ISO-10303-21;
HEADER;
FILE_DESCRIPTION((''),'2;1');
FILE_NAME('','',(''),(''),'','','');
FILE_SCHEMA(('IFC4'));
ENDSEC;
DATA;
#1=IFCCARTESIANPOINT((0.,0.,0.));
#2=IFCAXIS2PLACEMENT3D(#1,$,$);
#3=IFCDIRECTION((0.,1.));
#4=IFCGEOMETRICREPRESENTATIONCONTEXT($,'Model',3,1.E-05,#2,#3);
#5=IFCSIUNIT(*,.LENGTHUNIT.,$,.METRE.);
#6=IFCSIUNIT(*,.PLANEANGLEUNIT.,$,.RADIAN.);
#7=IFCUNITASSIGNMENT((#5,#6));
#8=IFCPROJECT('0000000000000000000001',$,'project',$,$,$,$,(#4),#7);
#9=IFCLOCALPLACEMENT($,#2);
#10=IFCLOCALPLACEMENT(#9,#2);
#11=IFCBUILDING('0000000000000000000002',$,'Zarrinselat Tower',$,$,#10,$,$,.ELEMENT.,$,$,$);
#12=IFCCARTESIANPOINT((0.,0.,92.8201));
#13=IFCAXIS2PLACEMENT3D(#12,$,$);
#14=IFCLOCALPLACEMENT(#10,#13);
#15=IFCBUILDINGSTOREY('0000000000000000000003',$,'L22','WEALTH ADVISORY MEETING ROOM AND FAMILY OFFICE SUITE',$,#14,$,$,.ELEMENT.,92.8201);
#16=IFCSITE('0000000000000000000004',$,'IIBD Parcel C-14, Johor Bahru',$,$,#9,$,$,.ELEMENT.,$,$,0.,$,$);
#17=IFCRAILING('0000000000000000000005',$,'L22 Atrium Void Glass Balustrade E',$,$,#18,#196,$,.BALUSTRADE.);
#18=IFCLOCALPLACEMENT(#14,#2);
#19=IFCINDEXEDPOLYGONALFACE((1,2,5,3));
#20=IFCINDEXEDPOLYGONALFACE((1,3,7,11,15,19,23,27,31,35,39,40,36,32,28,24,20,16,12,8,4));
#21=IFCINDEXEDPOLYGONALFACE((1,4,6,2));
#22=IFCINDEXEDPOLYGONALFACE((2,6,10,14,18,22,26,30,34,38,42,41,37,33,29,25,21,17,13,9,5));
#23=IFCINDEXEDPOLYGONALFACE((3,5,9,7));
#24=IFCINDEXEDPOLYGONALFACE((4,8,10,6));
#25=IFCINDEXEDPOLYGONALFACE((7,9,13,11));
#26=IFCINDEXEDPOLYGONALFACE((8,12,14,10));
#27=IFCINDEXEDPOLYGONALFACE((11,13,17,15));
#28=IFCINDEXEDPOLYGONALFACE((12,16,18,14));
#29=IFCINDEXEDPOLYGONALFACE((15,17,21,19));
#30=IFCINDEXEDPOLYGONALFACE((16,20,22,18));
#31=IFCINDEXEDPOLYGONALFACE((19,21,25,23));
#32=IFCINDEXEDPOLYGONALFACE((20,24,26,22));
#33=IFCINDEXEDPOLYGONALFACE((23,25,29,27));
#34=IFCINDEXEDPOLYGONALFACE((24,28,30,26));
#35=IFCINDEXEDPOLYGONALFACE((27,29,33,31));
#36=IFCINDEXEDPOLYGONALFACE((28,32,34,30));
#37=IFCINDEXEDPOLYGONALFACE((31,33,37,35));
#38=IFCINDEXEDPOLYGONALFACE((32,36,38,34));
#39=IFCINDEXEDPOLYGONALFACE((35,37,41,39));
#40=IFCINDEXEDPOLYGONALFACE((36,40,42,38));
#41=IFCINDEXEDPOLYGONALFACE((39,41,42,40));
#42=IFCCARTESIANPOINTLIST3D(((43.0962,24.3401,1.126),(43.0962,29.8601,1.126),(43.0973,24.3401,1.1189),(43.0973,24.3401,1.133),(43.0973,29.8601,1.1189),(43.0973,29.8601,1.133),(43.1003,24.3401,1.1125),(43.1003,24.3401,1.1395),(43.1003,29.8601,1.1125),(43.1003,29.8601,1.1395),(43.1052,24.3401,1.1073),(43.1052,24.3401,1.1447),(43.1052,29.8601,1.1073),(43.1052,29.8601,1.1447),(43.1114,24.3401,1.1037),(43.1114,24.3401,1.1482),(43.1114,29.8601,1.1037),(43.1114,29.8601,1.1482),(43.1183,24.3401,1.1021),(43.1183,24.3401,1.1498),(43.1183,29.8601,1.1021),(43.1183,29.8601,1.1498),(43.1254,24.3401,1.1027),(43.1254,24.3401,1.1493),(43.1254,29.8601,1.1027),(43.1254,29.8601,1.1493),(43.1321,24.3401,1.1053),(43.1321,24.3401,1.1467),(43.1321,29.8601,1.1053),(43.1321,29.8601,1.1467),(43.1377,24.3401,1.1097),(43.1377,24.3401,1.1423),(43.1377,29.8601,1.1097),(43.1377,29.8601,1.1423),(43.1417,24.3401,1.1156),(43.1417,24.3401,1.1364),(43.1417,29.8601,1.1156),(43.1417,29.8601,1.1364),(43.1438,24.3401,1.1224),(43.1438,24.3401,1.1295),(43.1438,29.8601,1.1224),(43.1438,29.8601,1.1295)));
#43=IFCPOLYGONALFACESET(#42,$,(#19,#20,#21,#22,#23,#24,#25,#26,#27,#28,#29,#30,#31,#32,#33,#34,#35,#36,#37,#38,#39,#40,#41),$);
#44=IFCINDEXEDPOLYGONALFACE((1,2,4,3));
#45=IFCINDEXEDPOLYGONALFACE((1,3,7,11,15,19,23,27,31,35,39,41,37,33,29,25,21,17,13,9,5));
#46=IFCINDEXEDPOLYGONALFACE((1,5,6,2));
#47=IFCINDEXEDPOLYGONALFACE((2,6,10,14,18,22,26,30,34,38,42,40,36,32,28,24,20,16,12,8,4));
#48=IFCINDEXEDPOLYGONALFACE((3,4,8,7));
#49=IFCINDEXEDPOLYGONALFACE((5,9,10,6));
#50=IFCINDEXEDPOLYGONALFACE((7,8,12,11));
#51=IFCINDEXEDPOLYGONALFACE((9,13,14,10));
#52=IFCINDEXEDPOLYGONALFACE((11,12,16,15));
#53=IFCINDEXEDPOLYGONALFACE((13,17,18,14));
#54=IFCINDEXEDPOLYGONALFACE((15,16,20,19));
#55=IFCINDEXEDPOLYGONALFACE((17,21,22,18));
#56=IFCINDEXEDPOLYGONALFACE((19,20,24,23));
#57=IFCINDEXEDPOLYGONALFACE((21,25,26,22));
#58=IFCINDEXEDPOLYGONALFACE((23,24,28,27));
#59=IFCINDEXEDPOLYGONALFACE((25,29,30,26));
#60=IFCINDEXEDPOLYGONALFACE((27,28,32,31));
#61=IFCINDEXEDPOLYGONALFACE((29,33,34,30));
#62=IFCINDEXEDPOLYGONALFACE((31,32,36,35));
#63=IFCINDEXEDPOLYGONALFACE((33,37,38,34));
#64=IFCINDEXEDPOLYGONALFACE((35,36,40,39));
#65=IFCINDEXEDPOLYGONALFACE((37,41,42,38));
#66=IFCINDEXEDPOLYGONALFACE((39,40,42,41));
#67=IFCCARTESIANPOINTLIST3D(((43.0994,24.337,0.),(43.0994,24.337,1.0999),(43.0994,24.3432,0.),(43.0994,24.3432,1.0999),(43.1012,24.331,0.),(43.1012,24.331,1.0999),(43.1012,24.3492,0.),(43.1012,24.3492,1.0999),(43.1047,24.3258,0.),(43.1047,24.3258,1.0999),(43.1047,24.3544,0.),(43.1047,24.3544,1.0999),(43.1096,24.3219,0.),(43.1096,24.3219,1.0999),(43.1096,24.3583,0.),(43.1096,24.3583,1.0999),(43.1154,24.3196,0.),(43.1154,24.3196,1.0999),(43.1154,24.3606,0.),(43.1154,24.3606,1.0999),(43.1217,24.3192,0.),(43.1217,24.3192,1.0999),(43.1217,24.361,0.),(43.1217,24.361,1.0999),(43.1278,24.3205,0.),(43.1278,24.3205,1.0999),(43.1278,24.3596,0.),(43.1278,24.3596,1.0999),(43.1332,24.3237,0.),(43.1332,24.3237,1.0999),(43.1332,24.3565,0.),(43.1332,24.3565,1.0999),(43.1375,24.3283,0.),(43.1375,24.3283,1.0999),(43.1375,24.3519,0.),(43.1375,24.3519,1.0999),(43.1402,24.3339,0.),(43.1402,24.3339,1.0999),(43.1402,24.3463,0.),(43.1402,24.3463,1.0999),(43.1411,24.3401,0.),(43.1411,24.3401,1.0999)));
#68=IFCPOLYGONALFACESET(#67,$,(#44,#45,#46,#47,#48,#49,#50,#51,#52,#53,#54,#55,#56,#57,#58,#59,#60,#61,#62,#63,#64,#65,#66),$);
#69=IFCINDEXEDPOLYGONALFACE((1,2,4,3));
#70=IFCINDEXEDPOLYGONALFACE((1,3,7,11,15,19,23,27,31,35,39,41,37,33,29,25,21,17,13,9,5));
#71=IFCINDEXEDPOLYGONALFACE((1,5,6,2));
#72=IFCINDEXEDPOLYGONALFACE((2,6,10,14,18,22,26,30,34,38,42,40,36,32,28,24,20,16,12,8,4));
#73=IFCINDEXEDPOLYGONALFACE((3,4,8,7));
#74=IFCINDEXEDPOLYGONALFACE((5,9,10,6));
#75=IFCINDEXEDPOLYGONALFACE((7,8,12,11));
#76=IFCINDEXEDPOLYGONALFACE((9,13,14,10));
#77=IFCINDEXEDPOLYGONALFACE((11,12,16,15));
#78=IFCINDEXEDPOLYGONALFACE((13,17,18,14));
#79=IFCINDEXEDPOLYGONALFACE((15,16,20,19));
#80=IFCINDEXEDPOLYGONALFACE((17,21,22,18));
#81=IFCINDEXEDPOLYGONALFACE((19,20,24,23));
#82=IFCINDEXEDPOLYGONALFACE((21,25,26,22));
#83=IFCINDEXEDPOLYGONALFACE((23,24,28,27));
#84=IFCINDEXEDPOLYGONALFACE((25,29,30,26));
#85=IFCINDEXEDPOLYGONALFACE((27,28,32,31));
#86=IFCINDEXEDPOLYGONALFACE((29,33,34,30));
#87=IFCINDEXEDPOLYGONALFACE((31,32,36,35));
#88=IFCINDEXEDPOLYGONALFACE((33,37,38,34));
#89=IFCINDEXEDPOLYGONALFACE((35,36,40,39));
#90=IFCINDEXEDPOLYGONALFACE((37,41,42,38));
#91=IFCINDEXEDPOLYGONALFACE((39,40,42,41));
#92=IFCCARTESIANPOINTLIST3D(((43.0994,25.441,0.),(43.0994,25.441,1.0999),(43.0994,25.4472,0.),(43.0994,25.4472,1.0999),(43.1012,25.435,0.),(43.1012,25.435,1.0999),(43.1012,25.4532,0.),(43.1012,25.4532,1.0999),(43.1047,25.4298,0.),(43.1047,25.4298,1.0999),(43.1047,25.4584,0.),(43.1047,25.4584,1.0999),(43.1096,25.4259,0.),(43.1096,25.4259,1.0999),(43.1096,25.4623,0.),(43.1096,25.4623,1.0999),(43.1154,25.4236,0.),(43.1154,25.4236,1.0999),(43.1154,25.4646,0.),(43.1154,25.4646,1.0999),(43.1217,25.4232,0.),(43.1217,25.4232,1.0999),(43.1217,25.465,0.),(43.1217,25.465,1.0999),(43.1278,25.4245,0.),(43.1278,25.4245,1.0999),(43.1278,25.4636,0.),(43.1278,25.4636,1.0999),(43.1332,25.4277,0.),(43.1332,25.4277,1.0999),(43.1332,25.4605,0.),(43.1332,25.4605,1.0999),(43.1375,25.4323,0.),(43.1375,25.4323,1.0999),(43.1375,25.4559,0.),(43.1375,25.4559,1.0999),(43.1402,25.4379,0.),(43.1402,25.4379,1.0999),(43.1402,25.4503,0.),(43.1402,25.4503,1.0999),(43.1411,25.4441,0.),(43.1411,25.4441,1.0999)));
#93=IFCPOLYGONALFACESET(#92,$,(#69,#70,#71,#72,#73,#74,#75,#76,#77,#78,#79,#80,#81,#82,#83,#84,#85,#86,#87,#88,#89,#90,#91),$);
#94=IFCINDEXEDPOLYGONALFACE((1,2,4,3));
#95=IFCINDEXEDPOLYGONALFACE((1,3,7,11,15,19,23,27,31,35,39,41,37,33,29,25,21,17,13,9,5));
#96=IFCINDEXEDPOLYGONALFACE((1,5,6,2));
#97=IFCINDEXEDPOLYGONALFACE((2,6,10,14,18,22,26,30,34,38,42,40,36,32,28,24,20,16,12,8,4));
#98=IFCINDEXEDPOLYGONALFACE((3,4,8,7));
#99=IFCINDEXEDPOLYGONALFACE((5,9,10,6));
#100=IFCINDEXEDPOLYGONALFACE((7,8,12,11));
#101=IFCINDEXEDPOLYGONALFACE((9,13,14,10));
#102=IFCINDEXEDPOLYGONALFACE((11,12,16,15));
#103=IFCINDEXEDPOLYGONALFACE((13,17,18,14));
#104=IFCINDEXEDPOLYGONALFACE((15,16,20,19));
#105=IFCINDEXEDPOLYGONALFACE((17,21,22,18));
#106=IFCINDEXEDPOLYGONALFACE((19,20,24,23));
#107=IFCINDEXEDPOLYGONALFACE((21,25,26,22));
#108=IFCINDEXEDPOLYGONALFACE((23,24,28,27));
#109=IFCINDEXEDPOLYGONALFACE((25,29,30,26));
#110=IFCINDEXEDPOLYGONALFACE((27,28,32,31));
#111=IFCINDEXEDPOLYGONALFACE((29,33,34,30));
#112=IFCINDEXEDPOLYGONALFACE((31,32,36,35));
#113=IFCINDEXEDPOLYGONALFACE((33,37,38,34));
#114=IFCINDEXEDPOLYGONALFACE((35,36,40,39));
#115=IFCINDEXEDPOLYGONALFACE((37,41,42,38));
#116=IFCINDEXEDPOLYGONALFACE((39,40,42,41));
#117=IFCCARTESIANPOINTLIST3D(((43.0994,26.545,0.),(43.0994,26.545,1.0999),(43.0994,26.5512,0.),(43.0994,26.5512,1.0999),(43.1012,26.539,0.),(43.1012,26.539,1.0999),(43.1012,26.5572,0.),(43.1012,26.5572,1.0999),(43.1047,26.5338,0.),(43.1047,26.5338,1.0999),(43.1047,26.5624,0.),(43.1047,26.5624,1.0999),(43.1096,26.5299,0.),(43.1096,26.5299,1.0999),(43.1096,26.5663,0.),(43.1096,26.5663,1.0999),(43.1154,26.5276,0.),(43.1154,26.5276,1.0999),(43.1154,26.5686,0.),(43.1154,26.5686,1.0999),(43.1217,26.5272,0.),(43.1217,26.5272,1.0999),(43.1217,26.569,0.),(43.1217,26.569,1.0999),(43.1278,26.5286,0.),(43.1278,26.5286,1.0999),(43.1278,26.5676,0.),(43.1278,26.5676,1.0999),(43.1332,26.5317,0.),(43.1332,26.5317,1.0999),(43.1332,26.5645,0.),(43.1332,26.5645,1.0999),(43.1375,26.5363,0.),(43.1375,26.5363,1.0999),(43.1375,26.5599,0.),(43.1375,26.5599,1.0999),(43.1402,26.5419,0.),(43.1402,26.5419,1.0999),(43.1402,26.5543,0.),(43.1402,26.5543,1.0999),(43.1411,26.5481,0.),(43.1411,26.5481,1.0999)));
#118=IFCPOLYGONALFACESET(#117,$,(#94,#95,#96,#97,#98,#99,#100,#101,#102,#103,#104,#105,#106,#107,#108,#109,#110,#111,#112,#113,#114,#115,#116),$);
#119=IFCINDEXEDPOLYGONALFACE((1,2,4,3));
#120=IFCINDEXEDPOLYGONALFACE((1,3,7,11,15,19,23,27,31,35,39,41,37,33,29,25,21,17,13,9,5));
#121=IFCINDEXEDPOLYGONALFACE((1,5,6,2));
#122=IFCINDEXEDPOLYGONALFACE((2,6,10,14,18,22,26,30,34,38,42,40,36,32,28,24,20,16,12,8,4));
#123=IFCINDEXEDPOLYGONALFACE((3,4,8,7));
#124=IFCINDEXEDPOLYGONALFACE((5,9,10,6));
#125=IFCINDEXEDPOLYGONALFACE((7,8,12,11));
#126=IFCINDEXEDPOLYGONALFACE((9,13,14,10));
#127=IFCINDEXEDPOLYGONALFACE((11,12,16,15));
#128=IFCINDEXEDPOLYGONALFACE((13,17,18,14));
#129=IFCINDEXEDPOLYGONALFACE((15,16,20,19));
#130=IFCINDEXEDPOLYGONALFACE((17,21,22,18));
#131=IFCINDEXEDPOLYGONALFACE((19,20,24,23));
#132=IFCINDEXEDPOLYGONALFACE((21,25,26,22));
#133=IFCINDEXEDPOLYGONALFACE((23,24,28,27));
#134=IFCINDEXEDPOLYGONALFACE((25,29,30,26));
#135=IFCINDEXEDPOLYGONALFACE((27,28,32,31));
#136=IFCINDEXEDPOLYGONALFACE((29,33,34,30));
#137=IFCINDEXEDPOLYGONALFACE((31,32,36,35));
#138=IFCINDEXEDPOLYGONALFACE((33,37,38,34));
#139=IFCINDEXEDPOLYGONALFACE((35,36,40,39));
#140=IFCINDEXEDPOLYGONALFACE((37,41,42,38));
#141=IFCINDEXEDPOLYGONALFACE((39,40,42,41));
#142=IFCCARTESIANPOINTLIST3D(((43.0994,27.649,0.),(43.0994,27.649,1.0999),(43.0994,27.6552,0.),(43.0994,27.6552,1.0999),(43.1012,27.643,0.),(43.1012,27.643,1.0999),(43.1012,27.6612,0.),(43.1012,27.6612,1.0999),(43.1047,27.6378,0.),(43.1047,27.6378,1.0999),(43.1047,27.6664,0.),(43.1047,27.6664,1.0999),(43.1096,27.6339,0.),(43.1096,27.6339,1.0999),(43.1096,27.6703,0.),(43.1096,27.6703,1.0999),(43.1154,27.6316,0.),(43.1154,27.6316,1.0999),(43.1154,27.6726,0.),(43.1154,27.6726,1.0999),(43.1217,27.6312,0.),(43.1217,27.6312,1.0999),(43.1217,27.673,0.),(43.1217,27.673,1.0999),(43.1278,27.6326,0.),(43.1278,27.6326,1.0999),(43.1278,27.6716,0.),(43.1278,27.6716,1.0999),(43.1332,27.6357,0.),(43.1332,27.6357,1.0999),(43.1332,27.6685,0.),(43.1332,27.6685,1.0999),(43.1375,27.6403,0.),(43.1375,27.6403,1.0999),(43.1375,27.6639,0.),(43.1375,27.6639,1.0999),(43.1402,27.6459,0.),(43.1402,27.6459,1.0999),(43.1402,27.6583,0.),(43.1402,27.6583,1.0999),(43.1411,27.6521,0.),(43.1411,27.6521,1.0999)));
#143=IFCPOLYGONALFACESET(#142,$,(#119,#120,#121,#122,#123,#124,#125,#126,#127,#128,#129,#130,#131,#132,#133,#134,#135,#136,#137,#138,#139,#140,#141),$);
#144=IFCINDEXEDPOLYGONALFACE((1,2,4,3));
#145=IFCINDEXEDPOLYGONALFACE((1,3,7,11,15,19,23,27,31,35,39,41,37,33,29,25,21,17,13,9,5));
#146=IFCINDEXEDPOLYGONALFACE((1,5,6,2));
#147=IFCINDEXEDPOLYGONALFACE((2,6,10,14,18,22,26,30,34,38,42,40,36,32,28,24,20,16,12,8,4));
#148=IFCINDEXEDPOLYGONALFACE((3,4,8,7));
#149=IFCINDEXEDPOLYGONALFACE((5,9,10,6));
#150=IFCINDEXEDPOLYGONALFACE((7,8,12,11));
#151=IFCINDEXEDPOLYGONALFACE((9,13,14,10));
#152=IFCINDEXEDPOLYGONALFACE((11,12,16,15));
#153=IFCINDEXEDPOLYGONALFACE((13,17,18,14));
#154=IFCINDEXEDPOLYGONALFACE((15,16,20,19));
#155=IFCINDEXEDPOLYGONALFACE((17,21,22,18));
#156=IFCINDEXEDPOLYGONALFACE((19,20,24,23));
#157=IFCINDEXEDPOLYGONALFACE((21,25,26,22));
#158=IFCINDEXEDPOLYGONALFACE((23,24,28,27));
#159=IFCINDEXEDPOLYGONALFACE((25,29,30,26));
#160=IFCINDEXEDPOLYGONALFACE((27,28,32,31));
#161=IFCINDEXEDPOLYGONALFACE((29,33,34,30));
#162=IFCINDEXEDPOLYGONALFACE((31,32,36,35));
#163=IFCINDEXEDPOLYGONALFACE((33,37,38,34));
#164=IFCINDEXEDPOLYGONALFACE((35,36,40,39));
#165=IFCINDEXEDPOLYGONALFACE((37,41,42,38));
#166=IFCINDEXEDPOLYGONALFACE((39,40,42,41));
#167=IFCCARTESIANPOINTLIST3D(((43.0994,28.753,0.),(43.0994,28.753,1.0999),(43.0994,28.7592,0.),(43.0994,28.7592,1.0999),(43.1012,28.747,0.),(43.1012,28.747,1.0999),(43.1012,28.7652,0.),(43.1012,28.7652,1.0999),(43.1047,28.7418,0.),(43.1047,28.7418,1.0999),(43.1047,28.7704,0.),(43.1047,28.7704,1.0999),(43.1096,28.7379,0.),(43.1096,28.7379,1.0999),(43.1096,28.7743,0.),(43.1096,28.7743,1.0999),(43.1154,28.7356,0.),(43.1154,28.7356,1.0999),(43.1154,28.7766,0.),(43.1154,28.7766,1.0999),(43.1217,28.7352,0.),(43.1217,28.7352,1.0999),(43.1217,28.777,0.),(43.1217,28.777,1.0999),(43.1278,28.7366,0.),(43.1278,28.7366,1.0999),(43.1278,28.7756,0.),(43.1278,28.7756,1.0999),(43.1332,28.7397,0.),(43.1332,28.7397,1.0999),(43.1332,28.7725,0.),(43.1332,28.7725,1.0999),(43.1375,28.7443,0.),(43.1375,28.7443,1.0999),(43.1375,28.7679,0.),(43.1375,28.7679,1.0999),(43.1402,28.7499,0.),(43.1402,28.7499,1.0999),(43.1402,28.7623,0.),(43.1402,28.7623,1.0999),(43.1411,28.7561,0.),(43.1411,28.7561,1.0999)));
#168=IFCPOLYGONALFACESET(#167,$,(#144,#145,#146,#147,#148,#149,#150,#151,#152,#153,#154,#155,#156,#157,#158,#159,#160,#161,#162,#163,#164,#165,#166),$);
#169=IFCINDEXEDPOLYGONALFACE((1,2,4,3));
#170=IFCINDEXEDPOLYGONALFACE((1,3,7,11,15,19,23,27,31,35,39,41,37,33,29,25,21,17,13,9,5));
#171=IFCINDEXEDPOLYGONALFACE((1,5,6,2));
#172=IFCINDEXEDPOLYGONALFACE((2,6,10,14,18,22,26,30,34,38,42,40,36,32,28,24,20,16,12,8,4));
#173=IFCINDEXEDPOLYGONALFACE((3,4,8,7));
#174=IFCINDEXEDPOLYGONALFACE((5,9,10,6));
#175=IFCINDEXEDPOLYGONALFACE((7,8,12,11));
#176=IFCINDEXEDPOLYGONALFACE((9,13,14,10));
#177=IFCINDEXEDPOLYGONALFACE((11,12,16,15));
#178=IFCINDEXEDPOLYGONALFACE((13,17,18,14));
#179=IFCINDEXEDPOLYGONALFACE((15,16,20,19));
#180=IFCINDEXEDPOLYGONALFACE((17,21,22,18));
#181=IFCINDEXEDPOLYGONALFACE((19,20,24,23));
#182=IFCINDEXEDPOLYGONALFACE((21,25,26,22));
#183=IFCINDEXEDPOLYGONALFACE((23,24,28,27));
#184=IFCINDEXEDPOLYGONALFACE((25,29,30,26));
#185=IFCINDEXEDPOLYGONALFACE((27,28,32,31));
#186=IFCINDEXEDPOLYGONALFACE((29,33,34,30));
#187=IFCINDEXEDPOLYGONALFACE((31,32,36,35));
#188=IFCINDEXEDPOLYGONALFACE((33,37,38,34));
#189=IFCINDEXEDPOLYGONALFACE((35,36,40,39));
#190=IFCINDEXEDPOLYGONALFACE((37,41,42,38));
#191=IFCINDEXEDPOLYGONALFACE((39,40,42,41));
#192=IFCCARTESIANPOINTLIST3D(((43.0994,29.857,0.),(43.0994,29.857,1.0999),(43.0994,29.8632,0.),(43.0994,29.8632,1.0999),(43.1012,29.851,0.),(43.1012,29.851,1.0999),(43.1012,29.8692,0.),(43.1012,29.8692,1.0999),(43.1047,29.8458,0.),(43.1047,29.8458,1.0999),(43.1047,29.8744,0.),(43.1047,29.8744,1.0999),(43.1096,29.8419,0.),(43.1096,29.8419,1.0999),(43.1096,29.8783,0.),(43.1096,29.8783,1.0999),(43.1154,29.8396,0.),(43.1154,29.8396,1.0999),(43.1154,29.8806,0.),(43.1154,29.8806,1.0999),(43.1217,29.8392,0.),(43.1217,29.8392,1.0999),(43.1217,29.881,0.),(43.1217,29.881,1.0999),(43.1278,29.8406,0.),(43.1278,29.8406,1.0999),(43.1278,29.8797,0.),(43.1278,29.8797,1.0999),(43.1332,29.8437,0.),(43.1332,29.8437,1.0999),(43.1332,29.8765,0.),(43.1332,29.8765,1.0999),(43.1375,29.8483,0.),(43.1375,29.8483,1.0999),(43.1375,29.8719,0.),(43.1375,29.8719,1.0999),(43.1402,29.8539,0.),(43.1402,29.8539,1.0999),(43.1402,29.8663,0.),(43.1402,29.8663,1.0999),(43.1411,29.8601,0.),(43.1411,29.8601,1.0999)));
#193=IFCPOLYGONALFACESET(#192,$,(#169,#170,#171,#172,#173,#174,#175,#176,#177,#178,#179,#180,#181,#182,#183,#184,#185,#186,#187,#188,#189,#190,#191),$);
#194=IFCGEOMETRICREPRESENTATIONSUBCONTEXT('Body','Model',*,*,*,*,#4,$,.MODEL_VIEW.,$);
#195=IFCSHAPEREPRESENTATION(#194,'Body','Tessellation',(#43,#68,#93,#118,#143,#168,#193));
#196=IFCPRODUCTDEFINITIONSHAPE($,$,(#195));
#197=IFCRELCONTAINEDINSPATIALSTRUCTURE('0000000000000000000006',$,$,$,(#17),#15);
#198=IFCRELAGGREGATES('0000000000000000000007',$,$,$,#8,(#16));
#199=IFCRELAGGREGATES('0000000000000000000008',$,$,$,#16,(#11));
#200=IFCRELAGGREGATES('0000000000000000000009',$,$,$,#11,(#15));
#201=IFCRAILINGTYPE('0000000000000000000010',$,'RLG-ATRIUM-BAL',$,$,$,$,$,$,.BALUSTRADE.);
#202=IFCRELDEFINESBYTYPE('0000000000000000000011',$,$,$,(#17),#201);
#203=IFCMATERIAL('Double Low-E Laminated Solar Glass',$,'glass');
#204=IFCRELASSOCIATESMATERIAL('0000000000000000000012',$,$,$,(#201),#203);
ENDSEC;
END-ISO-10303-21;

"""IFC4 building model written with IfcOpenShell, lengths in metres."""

from ifc_helpers import new_model, si_unit, direction, frame, origin, origin_2d, place, context, subcontext, project, spatial, circle, extrude, material, type_object, element, save


model = new_model("IFC4")

# Units and contexts
model_context = context("Model", 3, precision=1e-05, world=origin(), true_north=direction((0.0, 1.0)))
body_context = subcontext(model_context, "Body", "Model", "MODEL_VIEW")
ifc_project = project(units=[si_unit("LENGTHUNIT", "METRE"), si_unit("PLANEANGLEUNIT", "RADIAN")], contexts=[model_context])

# Site, building, storey
site_placement = place(None, origin())
site = spatial("IfcSite", under=ifc_project, at=site_placement, Name="IIBD Parcel C-14, Johor Bahru", CompositionType="ELEMENT", RefElevation=0.0)
building_placement = place(site_placement, origin())
building = spatial("IfcBuilding", under=site, at=building_placement, Name="Zarrinselat Tower", CompositionType="ELEMENT")
storey_placement = place(building_placement, frame((0.0, 0.0, 92.8201)))
storey = spatial("IfcBuildingStorey", under=building, at=storey_placement, Name="L22", Description="WEALTH ADVISORY MEETING ROOM AND FAMILY OFFICE SUITE", CompositionType="ELEMENT", Elevation=92.8201)

# Railing
ifc_material_1 = material(Name="Double Low-E Laminated Solar Glass", Category="glass")
railing_type = type_object("IfcRailingType", Name="RLG-ATRIUM-BAL", PredefinedType="BALUSTRADE", material=ifc_material_1)
railing_1_placement = place(storey_placement, frame((43.1201, 24.3401, 0.0)))
element("IfcRailing", 1, at=railing_1_placement, inside=storey, type_object=railing_type, Name="L22 Atrium Void Glass Balustrade E", PredefinedType="BALUSTRADE", context=body_context, shape_type="SweptSolid", body=[
    extrude(circle(Radius=0.0239, at=origin_2d()), frame((0.0, 0.0, 1.126), z_axis=(0.0, 1.0, 0.0), x_axis=(-1.0, 0.0, 0.0)), (0.0, 0.0, 1.0), 5.52),
    extrude(circle(Radius=0.021, at=origin_2d()), origin(), (0.0, 0.0, 1.0), 1.0999),
    extrude(circle(Radius=0.021, at=origin_2d()), frame((0.0, 1.104, 0.0)), (0.0, 0.0, 1.0), 1.0999),
    extrude(circle(Radius=0.021, at=origin_2d()), frame((0.0, 2.208, 0.0)), (0.0, 0.0, 1.0), 1.0999),
    extrude(circle(Radius=0.021, at=origin_2d()), frame((0.0, 3.312, 0.0)), (0.0, 0.0, 1.0), 1.0999),
    extrude(circle(Radius=0.021, at=origin_2d()), frame((0.0, 4.416, 0.0)), (0.0, 0.0, 1.0), 1.0999),
    extrude(circle(Radius=0.021, at=origin_2d()), frame((0.0, 5.52, 0.0)), (0.0, 0.0, 1.0), 1.0999),
])

save(model, "model.ifc")
